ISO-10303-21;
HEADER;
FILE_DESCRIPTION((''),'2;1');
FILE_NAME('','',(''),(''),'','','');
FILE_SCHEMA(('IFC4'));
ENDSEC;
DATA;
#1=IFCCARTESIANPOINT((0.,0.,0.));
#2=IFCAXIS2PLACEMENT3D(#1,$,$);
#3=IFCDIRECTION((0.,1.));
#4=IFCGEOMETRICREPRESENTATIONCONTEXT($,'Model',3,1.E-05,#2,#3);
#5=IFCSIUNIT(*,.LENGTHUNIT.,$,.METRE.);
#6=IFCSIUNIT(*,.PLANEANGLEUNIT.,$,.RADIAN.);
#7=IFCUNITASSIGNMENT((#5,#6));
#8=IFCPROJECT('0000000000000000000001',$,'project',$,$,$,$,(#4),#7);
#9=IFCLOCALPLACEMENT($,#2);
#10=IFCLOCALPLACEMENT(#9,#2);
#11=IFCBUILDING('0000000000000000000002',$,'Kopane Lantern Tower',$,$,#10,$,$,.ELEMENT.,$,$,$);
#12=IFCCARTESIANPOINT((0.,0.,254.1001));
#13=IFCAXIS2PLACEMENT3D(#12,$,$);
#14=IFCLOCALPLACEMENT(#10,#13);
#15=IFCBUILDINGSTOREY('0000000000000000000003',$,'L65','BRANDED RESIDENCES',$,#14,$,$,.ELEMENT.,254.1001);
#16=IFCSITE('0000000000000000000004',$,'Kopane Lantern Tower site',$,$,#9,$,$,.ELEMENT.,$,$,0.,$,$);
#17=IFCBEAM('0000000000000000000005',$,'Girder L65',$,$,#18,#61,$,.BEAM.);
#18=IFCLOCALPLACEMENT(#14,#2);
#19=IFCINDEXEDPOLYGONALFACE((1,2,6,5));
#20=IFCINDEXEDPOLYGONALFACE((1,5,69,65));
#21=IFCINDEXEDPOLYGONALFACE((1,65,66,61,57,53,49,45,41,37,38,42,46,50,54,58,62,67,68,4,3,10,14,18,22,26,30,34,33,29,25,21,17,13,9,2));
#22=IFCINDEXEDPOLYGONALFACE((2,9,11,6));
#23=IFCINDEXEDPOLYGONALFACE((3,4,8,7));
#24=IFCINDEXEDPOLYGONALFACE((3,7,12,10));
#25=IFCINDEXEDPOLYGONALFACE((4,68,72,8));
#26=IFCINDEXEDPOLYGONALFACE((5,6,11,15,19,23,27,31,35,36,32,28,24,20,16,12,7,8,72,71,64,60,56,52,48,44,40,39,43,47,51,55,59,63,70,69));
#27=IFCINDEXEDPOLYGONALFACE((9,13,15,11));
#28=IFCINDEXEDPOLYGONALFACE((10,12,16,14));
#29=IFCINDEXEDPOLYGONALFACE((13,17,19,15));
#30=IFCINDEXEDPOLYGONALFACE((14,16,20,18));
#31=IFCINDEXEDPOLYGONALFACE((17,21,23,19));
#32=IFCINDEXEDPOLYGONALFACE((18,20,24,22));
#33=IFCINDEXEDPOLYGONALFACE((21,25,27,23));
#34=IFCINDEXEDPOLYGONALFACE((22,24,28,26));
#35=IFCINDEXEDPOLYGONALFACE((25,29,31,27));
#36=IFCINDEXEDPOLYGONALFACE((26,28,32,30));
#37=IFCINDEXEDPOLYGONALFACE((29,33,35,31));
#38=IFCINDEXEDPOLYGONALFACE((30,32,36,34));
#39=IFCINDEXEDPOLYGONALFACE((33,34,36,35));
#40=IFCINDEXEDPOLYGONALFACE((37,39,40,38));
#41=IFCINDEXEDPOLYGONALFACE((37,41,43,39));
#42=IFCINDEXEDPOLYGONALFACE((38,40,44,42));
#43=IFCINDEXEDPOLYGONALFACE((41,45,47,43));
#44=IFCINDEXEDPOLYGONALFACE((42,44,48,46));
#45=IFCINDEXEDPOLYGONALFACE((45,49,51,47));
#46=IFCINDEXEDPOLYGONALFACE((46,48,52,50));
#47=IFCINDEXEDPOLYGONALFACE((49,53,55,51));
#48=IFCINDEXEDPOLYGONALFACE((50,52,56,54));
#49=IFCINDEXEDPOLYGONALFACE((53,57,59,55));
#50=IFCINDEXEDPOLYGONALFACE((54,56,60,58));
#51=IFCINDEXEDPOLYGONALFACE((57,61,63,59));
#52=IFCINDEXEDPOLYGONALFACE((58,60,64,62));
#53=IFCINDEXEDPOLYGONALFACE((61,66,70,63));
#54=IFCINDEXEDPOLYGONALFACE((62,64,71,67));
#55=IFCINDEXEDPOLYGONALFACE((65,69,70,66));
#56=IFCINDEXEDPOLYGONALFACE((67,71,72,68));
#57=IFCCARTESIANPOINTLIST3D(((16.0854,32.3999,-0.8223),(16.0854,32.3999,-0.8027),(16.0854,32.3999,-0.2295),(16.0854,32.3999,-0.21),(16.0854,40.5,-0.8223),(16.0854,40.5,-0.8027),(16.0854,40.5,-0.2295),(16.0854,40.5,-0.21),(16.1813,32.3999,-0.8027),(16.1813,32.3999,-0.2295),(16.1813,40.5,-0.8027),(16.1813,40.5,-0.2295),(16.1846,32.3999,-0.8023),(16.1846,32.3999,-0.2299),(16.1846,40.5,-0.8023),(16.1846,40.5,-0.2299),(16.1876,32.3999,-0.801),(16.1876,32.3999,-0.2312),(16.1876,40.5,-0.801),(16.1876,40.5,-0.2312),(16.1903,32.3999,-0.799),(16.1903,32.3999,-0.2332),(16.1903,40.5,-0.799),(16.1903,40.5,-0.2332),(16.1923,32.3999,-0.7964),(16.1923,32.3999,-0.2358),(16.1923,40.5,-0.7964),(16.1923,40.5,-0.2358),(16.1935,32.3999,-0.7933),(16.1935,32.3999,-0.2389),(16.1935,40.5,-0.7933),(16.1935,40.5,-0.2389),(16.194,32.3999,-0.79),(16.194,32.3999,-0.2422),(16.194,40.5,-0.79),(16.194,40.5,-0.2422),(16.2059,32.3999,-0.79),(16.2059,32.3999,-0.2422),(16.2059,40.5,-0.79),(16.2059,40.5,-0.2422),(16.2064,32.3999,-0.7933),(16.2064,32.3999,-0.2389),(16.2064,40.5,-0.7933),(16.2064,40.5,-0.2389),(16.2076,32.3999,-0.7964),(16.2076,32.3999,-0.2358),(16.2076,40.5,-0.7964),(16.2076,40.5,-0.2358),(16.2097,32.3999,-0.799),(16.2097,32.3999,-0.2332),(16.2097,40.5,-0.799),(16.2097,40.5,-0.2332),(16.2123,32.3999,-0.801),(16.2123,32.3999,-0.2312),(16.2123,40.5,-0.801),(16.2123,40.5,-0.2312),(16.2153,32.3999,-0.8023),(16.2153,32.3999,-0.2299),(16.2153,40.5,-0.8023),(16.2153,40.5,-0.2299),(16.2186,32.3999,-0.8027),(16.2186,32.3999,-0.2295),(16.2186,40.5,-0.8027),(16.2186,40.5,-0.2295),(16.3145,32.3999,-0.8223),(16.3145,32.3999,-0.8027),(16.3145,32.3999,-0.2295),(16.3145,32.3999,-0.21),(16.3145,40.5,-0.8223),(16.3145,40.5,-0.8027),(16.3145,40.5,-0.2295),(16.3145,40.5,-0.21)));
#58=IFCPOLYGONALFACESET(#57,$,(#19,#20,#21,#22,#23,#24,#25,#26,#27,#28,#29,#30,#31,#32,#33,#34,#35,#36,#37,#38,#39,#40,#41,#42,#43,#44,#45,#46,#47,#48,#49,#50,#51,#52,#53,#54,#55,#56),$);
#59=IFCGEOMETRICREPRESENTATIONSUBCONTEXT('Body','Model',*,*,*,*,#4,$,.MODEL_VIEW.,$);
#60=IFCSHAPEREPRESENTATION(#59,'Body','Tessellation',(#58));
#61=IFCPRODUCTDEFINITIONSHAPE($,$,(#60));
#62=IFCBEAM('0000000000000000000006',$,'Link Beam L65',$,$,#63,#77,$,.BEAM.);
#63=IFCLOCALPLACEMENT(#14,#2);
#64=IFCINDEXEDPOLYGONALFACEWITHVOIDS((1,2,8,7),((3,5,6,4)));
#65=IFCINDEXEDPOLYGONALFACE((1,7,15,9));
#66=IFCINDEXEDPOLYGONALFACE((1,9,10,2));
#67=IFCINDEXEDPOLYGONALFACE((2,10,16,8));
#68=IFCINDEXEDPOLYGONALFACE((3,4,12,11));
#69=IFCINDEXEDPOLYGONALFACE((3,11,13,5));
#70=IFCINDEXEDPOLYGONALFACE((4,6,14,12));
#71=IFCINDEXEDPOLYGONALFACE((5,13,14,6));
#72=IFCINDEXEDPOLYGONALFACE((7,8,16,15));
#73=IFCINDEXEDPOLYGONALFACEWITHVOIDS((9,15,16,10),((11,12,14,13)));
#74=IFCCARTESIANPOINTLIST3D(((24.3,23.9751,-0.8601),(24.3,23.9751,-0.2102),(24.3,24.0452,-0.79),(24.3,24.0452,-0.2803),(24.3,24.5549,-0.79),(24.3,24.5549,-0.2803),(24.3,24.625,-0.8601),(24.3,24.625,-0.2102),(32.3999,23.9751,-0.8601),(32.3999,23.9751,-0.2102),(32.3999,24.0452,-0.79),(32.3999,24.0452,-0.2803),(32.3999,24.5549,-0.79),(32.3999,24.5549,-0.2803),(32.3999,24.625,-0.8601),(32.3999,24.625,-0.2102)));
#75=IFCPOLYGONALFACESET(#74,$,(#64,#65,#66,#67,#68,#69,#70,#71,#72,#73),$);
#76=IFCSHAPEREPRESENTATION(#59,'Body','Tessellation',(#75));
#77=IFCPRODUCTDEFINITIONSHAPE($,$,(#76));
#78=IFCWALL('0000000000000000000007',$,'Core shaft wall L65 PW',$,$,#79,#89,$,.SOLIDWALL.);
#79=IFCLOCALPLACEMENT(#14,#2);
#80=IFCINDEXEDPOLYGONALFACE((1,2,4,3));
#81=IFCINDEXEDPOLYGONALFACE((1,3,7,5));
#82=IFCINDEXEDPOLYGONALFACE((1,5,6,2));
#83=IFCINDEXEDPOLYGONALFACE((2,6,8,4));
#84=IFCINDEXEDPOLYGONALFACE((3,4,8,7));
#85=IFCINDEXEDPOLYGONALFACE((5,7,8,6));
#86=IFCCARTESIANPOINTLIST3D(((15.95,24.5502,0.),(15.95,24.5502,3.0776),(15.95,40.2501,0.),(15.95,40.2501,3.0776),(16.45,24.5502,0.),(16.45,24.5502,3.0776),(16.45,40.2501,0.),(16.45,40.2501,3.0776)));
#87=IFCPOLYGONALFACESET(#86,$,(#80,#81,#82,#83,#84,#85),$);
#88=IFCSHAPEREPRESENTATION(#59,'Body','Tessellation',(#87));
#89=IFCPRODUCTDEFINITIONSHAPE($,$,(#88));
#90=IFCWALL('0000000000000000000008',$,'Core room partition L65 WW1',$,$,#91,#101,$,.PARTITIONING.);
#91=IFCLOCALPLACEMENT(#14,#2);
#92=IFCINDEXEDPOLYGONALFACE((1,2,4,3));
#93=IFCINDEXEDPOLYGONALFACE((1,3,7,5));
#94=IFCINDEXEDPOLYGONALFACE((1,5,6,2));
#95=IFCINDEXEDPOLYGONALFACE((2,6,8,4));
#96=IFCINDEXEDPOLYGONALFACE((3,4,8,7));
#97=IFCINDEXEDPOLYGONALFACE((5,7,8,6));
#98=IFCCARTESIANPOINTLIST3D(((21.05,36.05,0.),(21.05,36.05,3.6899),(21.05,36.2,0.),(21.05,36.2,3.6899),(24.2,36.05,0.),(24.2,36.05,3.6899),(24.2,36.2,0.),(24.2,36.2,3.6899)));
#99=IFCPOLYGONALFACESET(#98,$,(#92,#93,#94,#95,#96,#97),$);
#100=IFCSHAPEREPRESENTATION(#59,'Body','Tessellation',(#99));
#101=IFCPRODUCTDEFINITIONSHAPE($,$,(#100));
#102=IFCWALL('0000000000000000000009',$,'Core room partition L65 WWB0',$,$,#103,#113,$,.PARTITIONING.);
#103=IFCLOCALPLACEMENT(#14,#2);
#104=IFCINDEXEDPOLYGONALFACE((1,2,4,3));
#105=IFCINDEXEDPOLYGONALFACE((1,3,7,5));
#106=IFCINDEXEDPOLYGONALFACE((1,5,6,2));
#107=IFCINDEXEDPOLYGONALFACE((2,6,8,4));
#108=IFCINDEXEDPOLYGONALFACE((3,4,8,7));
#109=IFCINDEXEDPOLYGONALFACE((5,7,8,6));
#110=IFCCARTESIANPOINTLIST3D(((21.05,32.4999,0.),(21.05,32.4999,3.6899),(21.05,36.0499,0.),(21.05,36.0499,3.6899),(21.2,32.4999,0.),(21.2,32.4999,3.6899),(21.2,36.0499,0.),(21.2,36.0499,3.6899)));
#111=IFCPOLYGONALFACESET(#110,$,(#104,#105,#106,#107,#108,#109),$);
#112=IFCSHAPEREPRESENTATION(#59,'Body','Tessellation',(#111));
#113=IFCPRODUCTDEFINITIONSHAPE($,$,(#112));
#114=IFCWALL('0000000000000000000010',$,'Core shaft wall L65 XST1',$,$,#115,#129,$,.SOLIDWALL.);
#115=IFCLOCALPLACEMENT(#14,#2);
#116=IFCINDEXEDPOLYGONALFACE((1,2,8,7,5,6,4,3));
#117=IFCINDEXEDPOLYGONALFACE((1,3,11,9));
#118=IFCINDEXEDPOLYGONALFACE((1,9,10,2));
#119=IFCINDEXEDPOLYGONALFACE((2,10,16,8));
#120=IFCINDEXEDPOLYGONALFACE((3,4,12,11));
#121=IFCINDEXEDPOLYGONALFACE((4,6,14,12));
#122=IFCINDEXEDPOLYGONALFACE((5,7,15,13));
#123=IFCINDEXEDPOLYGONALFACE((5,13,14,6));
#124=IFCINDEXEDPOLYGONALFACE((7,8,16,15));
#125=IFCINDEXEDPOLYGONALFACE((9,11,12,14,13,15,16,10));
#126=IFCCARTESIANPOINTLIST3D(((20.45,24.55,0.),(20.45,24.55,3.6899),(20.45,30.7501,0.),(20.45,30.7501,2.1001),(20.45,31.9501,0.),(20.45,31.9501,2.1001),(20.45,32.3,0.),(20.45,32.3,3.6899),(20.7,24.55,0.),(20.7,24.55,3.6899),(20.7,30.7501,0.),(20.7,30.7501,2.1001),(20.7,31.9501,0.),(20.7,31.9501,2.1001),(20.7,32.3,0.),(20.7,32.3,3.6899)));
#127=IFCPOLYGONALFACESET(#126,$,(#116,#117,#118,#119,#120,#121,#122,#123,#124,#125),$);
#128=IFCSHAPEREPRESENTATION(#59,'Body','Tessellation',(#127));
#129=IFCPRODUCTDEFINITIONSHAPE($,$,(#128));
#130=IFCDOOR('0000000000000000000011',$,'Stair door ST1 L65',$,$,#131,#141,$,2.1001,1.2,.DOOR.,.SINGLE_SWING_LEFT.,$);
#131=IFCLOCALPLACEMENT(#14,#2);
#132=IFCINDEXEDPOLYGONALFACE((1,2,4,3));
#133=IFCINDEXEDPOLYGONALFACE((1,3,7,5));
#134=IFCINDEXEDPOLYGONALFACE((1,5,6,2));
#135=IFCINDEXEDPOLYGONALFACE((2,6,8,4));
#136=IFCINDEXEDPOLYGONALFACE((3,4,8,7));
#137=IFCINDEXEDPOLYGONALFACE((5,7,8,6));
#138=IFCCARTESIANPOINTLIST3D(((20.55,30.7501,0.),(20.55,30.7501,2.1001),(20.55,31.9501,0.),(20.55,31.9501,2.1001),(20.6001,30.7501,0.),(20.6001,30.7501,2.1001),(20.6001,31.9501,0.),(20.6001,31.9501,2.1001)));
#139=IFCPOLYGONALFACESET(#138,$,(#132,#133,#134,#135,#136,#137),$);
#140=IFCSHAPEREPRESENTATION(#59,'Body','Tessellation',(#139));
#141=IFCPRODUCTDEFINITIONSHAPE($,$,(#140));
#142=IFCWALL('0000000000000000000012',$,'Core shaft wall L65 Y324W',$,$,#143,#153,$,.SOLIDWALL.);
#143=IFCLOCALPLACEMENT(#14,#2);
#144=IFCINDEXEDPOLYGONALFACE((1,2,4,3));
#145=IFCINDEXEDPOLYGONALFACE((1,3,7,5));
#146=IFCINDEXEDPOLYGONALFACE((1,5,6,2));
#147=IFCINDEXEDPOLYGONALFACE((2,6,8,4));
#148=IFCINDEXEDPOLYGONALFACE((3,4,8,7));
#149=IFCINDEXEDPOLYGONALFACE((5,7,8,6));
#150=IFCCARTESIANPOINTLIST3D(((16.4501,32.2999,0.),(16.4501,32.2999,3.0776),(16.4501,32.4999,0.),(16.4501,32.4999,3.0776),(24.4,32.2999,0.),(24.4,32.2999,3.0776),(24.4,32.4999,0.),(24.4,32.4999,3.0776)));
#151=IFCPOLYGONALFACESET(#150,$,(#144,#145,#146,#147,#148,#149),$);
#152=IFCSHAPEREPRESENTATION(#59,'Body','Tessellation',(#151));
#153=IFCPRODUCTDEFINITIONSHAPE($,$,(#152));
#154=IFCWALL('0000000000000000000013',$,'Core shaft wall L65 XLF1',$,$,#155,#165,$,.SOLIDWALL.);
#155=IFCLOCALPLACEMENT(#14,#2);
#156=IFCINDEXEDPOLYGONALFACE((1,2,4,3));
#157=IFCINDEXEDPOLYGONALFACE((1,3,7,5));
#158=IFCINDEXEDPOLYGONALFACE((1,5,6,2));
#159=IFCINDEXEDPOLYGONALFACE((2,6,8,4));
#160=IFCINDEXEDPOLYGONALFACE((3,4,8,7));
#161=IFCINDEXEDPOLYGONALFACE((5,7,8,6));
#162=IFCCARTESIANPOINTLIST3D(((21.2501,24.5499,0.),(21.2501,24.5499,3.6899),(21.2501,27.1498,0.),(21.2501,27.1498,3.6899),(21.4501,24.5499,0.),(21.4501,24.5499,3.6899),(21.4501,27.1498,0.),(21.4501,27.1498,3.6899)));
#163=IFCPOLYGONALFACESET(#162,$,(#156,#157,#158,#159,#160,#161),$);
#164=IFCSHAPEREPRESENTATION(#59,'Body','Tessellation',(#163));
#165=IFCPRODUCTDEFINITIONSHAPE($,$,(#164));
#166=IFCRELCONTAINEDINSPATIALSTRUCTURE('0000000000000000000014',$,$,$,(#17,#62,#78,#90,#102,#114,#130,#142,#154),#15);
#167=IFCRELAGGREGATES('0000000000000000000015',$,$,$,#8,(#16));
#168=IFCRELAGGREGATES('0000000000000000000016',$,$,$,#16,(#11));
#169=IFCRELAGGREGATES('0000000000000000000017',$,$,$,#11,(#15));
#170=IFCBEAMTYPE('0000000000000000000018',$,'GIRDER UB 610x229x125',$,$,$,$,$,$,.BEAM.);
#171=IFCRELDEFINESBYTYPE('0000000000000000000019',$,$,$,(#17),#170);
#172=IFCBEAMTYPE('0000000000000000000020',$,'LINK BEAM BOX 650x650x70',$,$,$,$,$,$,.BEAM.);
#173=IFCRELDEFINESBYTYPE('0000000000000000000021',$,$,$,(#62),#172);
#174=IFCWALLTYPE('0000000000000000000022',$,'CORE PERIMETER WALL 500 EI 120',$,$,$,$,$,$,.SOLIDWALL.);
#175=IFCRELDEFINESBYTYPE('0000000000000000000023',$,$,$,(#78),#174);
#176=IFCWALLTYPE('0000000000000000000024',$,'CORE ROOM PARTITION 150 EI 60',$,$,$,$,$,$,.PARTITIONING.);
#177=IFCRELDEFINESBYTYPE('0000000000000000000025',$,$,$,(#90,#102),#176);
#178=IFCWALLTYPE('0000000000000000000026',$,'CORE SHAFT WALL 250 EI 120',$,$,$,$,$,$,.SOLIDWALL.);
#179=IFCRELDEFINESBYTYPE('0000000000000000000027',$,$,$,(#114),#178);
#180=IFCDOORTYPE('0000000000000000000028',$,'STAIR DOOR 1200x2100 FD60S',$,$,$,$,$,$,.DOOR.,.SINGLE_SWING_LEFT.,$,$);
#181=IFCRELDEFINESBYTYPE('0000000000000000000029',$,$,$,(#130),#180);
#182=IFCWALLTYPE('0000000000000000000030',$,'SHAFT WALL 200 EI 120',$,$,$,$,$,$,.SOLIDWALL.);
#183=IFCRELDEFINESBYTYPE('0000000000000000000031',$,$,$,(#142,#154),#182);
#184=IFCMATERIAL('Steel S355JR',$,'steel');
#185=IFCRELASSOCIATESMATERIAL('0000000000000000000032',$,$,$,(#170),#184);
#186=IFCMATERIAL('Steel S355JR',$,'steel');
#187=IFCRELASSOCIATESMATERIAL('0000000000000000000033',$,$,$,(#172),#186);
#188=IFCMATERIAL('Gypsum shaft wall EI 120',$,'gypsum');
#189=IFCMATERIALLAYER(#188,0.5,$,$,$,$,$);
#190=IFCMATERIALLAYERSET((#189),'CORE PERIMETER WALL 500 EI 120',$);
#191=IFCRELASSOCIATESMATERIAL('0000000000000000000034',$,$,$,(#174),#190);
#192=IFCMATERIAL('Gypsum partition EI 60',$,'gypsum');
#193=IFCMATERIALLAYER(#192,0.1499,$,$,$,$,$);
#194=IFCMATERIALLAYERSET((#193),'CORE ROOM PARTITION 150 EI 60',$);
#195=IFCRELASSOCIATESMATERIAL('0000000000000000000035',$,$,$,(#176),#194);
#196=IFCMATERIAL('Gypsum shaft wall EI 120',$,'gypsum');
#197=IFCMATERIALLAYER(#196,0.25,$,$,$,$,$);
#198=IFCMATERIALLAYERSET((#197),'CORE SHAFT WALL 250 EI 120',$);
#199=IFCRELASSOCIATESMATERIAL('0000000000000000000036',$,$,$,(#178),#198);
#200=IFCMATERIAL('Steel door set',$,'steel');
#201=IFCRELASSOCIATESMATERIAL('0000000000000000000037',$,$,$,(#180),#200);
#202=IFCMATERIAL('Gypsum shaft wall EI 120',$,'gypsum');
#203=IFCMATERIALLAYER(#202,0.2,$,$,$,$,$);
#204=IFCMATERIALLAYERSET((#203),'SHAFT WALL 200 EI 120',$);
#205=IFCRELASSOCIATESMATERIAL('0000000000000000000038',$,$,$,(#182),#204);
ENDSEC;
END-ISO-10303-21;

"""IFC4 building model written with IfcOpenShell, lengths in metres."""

from ifc_helpers import new_model, si_unit, direction, frame, frame_2d, origin, origin_2d, place, context, subcontext, project, spatial, rectangle, hollow_rectangle, i_section, extrude, material, layer, layer_set, material_profile, profile_set, type_object, element, fill, save


model = new_model("IFC4")

# Units and contexts
model_context = context("Model", 3, precision=1e-05, world=origin(), true_north=direction((0.0, 1.0)))
body_context = subcontext(model_context, "Body", "Model", "MODEL_VIEW")
ifc_project = project(units=[si_unit("LENGTHUNIT", "METRE"), si_unit("PLANEANGLEUNIT", "RADIAN")], contexts=[model_context])

# Site, building, storey
site_placement = place(None, origin())
site = spatial("IfcSite", under=ifc_project, at=site_placement, Name="Kopane Lantern Tower site", CompositionType="ELEMENT", RefElevation=0.0)
building_placement = place(site_placement, origin())
building = spatial("IfcBuilding", under=site, at=building_placement, Name="Kopane Lantern Tower", CompositionType="ELEMENT")
storey_placement = place(building_placement, frame((0.0, 0.0, 254.1001)))
storey = spatial("IfcBuildingStorey", under=building, at=storey_placement, Name="L65", Description="BRANDED RESIDENCES", CompositionType="ELEMENT", Elevation=254.1001)

# Beams
ifc_material_1 = material(Name="Steel S355JR", Category="steel")
ifc_material_profile_1 = material_profile(ifc_material_1, i_section(OverallWidth=0.229, OverallDepth=0.6123, WebThickness=0.012, FlangeThickness=0.0195, FilletRadius=0.0127, at=origin_2d()), Name="UB 610x229x125")
ifc_profile_set_1 = profile_set([ifc_material_profile_1], Name="Steel S355JR")
beam_type_1 = type_object("IfcBeamType", Name="GIRDER UB 610x229x125", PredefinedType="BEAM", material=ifc_profile_set_1)
beam_1_placement = place(storey_placement, frame((16.2, 32.3999, -0.5161), z_axis=(0.0, 1.0, 0.0), x_axis=(-1.0, 0.0, 0.0)))
element("IfcBeam", 1, at=beam_1_placement, inside=storey, type_object=beam_type_1, Name="Girder L65", PredefinedType="BEAM", context=body_context, shape_type="SweptSolid", body=[
    extrude(i_section(OverallWidth=0.229, OverallDepth=0.6123, WebThickness=0.012, FlangeThickness=0.0195, FilletRadius=0.0127, at=origin_2d()), origin(), (0.0, 0.0, 1.0), 8.1001),
])
ifc_material_2 = material(Name="Steel S355JR", Category="steel")
ifc_material_profile_2 = material_profile(ifc_material_2, hollow_rectangle(XDim=0.6499, YDim=0.6499, WallThickness=0.0701, at=origin_2d()), Name="BOX 650x650x70")
ifc_profile_set_2 = profile_set([ifc_material_profile_2], Name="Steel S355JR")
beam_type_2 = type_object("IfcBeamType", Name="LINK BEAM BOX 650x650x70", PredefinedType="BEAM", material=ifc_profile_set_2)
beam_2_placement = place(storey_placement, frame((24.3, 24.3, -0.5352), z_axis=(1.0, 0.0, 0.0), x_axis=(0.0, 1.0, 0.0)))
element("IfcBeam", 2, at=beam_2_placement, inside=storey, type_object=beam_type_2, Name="Link Beam L65", PredefinedType="BEAM", context=body_context, shape_type="SweptSolid", body=[
    extrude(hollow_rectangle(XDim=0.6499, YDim=0.6499, WallThickness=0.0701, at=origin_2d()), origin(), (0.0, 0.0, 1.0), 8.0999),
])

# Walls
ifc_material_3 = material(Name="Gypsum shaft wall EI 120", Category="gypsum")
ifc_layer_1 = layer(ifc_material_3, 0.5)
ifc_layer_set_1 = layer_set([ifc_layer_1], Name="CORE PERIMETER WALL 500 EI 120")
wall_type_1 = type_object("IfcWallType", Name="CORE PERIMETER WALL 500 EI 120", PredefinedType="SOLIDWALL", material=ifc_layer_set_1)
wall_1_placement = place(storey_placement, frame((16.2, 24.55, 0.0), z_axis=(0.0, 0.0, 1.0), x_axis=(0.0, 1.0, 0.0)))
element("IfcWall", 3, at=wall_1_placement, inside=storey, type_object=wall_type_1, Name="Core shaft wall L65 PW", PredefinedType="SOLIDWALL", context=body_context, shape_type="SweptSolid", body=[
    extrude(rectangle(XDim=15.7, YDim=0.5, at=frame_2d((7.8501, 0.0))), origin(), (0.0, 0.0, 1.0), 3.0776),
])
ifc_material_4 = material(Name="Gypsum partition EI 60", Category="gypsum")
ifc_layer_2 = layer(ifc_material_4, 0.1499)
ifc_layer_set_2 = layer_set([ifc_layer_2], Name="CORE ROOM PARTITION 150 EI 60")
wall_type_2 = type_object("IfcWallType", Name="CORE ROOM PARTITION 150 EI 60", PredefinedType="PARTITIONING", material=ifc_layer_set_2)
wall_2_placement = place(storey_placement, frame((21.05, 36.125, 0.0), z_axis=(0.0, 0.0, 1.0), x_axis=(1.0, 0.0, 0.0)))
element("IfcWall", 4, at=wall_2_placement, inside=storey, type_object=wall_type_2, Name="Core room partition L65 WW1", PredefinedType="PARTITIONING", context=body_context, shape_type="SweptSolid", body=[
    extrude(rectangle(XDim=3.1499, YDim=0.1499, at=frame_2d((1.575, 0.0))), origin(), (0.0, 0.0, 1.0), 3.6899),
])
wall_3_placement = place(storey_placement, frame((21.125, 32.5, 0.0), z_axis=(0.0, 0.0, 1.0), x_axis=(0.0, 1.0, 0.0)))
element("IfcWall", 5, at=wall_3_placement, inside=storey, type_object=wall_type_2, Name="Core room partition L65 WWB0", PredefinedType="PARTITIONING", context=body_context, shape_type="SweptSolid", body=[
    extrude(rectangle(XDim=3.55, YDim=0.1499, at=frame_2d((1.7749, 0.0))), origin(), (0.0, 0.0, 1.0), 3.6899),
])

# Wall, opening, door
ifc_material_5 = material(Name="Gypsum shaft wall EI 120", Category="gypsum")
ifc_layer_3 = layer(ifc_material_5, 0.25)
ifc_layer_set_3 = layer_set([ifc_layer_3], Name="CORE SHAFT WALL 250 EI 120")
wall_type_3 = type_object("IfcWallType", Name="CORE SHAFT WALL 250 EI 120", PredefinedType="SOLIDWALL", material=ifc_layer_set_3)
wall_4_placement = place(storey_placement, frame((20.575, 24.55, 0.0), z_axis=(0.0, 0.0, 1.0), x_axis=(0.0, 1.0, 0.0)))
wall_4 = element("IfcWall", 6, at=wall_4_placement, inside=storey, type_object=wall_type_3, Name="Core shaft wall L65 XST1", PredefinedType="SOLIDWALL", context=body_context, shape_type="SweptSolid", body=[
    extrude(rectangle(XDim=7.75, YDim=0.25, at=frame_2d((3.875, 0.0))), origin(), (0.0, 0.0, 1.0), 3.6899),
])
opening_1_placement = place(wall_4_placement, frame((6.2, 0.0, 0.0)))
opening_1 = element("IfcOpeningElement", 7, at=opening_1_placement, cuts=wall_4, PredefinedType="OPENING", context=body_context, shape_type="SweptSolid", body=[
    extrude(rectangle(XDim=1.2, YDim=2.1001, at=frame_2d((0.6001, 1.05))), frame((0.0, 0.135, 0.0), z_axis=(0.0, -1.0, 0.0), x_axis=(1.0, 0.0, 0.0)), (0.0, 0.0, 1.0), 0.27),
])
ifc_material_6 = material(Name="Steel door set", Category="steel")
door_type_1 = type_object("IfcDoorType", Name="STAIR DOOR 1200x2100 FD60S", OperationType="SINGLE_SWING_LEFT", PredefinedType="DOOR", material=ifc_material_6)
door_1_placement = place(opening_1_placement, origin())
door_1 = element("IfcDoor", 8, at=door_1_placement, inside=storey, type_object=door_type_1, Name="Stair door ST1 L65", OperationType="SINGLE_SWING_LEFT", OverallHeight=2.1001, OverallWidth=1.2, PredefinedType="DOOR", context=body_context, shape_type="SweptSolid", body=[
    extrude(rectangle(XDim=1.2, YDim=2.1001, at=frame_2d((0.6001, 1.05))), frame((0.0, 0.0249, 0.0), z_axis=(0.0, -1.0, 0.0), x_axis=(1.0, 0.0, 0.0)), (0.0, 0.0, 1.0), 0.05),
])
fill(opening_1, door_1)

# Walls
ifc_material_7 = material(Name="Gypsum shaft wall EI 120", Category="gypsum")
ifc_layer_4 = layer(ifc_material_7, 0.2)
ifc_layer_set_4 = layer_set([ifc_layer_4], Name="SHAFT WALL 200 EI 120")
wall_type_4 = type_object("IfcWallType", Name="SHAFT WALL 200 EI 120", PredefinedType="SOLIDWALL", material=ifc_layer_set_4)
wall_5_placement = place(storey_placement, frame((16.45, 32.3999, 0.0), z_axis=(0.0, 0.0, 1.0), x_axis=(1.0, 0.0, 0.0)))
element("IfcWall", 9, at=wall_5_placement, inside=storey, type_object=wall_type_4, Name="Core shaft wall L65 Y324W", PredefinedType="SOLIDWALL", context=body_context, shape_type="SweptSolid", body=[
    extrude(rectangle(XDim=7.95, YDim=0.2, at=frame_2d((3.9751, 0.0))), origin(), (0.0, 0.0, 1.0), 3.0776),
])
wall_6_placement = place(storey_placement, frame((21.3501, 24.55, 0.0), z_axis=(0.0, 0.0, 1.0), x_axis=(0.0, 1.0, 0.0)))
element("IfcWall", 10, at=wall_6_placement, inside=storey, type_object=wall_type_4, Name="Core shaft wall L65 XLF1", PredefinedType="SOLIDWALL", context=body_context, shape_type="SweptSolid", body=[
    extrude(rectangle(XDim=2.5999, YDim=0.2, at=frame_2d((1.2998, 0.0))), origin(), (0.0, 0.0, 1.0), 3.6899),
])

save(model, "model.ifc")
